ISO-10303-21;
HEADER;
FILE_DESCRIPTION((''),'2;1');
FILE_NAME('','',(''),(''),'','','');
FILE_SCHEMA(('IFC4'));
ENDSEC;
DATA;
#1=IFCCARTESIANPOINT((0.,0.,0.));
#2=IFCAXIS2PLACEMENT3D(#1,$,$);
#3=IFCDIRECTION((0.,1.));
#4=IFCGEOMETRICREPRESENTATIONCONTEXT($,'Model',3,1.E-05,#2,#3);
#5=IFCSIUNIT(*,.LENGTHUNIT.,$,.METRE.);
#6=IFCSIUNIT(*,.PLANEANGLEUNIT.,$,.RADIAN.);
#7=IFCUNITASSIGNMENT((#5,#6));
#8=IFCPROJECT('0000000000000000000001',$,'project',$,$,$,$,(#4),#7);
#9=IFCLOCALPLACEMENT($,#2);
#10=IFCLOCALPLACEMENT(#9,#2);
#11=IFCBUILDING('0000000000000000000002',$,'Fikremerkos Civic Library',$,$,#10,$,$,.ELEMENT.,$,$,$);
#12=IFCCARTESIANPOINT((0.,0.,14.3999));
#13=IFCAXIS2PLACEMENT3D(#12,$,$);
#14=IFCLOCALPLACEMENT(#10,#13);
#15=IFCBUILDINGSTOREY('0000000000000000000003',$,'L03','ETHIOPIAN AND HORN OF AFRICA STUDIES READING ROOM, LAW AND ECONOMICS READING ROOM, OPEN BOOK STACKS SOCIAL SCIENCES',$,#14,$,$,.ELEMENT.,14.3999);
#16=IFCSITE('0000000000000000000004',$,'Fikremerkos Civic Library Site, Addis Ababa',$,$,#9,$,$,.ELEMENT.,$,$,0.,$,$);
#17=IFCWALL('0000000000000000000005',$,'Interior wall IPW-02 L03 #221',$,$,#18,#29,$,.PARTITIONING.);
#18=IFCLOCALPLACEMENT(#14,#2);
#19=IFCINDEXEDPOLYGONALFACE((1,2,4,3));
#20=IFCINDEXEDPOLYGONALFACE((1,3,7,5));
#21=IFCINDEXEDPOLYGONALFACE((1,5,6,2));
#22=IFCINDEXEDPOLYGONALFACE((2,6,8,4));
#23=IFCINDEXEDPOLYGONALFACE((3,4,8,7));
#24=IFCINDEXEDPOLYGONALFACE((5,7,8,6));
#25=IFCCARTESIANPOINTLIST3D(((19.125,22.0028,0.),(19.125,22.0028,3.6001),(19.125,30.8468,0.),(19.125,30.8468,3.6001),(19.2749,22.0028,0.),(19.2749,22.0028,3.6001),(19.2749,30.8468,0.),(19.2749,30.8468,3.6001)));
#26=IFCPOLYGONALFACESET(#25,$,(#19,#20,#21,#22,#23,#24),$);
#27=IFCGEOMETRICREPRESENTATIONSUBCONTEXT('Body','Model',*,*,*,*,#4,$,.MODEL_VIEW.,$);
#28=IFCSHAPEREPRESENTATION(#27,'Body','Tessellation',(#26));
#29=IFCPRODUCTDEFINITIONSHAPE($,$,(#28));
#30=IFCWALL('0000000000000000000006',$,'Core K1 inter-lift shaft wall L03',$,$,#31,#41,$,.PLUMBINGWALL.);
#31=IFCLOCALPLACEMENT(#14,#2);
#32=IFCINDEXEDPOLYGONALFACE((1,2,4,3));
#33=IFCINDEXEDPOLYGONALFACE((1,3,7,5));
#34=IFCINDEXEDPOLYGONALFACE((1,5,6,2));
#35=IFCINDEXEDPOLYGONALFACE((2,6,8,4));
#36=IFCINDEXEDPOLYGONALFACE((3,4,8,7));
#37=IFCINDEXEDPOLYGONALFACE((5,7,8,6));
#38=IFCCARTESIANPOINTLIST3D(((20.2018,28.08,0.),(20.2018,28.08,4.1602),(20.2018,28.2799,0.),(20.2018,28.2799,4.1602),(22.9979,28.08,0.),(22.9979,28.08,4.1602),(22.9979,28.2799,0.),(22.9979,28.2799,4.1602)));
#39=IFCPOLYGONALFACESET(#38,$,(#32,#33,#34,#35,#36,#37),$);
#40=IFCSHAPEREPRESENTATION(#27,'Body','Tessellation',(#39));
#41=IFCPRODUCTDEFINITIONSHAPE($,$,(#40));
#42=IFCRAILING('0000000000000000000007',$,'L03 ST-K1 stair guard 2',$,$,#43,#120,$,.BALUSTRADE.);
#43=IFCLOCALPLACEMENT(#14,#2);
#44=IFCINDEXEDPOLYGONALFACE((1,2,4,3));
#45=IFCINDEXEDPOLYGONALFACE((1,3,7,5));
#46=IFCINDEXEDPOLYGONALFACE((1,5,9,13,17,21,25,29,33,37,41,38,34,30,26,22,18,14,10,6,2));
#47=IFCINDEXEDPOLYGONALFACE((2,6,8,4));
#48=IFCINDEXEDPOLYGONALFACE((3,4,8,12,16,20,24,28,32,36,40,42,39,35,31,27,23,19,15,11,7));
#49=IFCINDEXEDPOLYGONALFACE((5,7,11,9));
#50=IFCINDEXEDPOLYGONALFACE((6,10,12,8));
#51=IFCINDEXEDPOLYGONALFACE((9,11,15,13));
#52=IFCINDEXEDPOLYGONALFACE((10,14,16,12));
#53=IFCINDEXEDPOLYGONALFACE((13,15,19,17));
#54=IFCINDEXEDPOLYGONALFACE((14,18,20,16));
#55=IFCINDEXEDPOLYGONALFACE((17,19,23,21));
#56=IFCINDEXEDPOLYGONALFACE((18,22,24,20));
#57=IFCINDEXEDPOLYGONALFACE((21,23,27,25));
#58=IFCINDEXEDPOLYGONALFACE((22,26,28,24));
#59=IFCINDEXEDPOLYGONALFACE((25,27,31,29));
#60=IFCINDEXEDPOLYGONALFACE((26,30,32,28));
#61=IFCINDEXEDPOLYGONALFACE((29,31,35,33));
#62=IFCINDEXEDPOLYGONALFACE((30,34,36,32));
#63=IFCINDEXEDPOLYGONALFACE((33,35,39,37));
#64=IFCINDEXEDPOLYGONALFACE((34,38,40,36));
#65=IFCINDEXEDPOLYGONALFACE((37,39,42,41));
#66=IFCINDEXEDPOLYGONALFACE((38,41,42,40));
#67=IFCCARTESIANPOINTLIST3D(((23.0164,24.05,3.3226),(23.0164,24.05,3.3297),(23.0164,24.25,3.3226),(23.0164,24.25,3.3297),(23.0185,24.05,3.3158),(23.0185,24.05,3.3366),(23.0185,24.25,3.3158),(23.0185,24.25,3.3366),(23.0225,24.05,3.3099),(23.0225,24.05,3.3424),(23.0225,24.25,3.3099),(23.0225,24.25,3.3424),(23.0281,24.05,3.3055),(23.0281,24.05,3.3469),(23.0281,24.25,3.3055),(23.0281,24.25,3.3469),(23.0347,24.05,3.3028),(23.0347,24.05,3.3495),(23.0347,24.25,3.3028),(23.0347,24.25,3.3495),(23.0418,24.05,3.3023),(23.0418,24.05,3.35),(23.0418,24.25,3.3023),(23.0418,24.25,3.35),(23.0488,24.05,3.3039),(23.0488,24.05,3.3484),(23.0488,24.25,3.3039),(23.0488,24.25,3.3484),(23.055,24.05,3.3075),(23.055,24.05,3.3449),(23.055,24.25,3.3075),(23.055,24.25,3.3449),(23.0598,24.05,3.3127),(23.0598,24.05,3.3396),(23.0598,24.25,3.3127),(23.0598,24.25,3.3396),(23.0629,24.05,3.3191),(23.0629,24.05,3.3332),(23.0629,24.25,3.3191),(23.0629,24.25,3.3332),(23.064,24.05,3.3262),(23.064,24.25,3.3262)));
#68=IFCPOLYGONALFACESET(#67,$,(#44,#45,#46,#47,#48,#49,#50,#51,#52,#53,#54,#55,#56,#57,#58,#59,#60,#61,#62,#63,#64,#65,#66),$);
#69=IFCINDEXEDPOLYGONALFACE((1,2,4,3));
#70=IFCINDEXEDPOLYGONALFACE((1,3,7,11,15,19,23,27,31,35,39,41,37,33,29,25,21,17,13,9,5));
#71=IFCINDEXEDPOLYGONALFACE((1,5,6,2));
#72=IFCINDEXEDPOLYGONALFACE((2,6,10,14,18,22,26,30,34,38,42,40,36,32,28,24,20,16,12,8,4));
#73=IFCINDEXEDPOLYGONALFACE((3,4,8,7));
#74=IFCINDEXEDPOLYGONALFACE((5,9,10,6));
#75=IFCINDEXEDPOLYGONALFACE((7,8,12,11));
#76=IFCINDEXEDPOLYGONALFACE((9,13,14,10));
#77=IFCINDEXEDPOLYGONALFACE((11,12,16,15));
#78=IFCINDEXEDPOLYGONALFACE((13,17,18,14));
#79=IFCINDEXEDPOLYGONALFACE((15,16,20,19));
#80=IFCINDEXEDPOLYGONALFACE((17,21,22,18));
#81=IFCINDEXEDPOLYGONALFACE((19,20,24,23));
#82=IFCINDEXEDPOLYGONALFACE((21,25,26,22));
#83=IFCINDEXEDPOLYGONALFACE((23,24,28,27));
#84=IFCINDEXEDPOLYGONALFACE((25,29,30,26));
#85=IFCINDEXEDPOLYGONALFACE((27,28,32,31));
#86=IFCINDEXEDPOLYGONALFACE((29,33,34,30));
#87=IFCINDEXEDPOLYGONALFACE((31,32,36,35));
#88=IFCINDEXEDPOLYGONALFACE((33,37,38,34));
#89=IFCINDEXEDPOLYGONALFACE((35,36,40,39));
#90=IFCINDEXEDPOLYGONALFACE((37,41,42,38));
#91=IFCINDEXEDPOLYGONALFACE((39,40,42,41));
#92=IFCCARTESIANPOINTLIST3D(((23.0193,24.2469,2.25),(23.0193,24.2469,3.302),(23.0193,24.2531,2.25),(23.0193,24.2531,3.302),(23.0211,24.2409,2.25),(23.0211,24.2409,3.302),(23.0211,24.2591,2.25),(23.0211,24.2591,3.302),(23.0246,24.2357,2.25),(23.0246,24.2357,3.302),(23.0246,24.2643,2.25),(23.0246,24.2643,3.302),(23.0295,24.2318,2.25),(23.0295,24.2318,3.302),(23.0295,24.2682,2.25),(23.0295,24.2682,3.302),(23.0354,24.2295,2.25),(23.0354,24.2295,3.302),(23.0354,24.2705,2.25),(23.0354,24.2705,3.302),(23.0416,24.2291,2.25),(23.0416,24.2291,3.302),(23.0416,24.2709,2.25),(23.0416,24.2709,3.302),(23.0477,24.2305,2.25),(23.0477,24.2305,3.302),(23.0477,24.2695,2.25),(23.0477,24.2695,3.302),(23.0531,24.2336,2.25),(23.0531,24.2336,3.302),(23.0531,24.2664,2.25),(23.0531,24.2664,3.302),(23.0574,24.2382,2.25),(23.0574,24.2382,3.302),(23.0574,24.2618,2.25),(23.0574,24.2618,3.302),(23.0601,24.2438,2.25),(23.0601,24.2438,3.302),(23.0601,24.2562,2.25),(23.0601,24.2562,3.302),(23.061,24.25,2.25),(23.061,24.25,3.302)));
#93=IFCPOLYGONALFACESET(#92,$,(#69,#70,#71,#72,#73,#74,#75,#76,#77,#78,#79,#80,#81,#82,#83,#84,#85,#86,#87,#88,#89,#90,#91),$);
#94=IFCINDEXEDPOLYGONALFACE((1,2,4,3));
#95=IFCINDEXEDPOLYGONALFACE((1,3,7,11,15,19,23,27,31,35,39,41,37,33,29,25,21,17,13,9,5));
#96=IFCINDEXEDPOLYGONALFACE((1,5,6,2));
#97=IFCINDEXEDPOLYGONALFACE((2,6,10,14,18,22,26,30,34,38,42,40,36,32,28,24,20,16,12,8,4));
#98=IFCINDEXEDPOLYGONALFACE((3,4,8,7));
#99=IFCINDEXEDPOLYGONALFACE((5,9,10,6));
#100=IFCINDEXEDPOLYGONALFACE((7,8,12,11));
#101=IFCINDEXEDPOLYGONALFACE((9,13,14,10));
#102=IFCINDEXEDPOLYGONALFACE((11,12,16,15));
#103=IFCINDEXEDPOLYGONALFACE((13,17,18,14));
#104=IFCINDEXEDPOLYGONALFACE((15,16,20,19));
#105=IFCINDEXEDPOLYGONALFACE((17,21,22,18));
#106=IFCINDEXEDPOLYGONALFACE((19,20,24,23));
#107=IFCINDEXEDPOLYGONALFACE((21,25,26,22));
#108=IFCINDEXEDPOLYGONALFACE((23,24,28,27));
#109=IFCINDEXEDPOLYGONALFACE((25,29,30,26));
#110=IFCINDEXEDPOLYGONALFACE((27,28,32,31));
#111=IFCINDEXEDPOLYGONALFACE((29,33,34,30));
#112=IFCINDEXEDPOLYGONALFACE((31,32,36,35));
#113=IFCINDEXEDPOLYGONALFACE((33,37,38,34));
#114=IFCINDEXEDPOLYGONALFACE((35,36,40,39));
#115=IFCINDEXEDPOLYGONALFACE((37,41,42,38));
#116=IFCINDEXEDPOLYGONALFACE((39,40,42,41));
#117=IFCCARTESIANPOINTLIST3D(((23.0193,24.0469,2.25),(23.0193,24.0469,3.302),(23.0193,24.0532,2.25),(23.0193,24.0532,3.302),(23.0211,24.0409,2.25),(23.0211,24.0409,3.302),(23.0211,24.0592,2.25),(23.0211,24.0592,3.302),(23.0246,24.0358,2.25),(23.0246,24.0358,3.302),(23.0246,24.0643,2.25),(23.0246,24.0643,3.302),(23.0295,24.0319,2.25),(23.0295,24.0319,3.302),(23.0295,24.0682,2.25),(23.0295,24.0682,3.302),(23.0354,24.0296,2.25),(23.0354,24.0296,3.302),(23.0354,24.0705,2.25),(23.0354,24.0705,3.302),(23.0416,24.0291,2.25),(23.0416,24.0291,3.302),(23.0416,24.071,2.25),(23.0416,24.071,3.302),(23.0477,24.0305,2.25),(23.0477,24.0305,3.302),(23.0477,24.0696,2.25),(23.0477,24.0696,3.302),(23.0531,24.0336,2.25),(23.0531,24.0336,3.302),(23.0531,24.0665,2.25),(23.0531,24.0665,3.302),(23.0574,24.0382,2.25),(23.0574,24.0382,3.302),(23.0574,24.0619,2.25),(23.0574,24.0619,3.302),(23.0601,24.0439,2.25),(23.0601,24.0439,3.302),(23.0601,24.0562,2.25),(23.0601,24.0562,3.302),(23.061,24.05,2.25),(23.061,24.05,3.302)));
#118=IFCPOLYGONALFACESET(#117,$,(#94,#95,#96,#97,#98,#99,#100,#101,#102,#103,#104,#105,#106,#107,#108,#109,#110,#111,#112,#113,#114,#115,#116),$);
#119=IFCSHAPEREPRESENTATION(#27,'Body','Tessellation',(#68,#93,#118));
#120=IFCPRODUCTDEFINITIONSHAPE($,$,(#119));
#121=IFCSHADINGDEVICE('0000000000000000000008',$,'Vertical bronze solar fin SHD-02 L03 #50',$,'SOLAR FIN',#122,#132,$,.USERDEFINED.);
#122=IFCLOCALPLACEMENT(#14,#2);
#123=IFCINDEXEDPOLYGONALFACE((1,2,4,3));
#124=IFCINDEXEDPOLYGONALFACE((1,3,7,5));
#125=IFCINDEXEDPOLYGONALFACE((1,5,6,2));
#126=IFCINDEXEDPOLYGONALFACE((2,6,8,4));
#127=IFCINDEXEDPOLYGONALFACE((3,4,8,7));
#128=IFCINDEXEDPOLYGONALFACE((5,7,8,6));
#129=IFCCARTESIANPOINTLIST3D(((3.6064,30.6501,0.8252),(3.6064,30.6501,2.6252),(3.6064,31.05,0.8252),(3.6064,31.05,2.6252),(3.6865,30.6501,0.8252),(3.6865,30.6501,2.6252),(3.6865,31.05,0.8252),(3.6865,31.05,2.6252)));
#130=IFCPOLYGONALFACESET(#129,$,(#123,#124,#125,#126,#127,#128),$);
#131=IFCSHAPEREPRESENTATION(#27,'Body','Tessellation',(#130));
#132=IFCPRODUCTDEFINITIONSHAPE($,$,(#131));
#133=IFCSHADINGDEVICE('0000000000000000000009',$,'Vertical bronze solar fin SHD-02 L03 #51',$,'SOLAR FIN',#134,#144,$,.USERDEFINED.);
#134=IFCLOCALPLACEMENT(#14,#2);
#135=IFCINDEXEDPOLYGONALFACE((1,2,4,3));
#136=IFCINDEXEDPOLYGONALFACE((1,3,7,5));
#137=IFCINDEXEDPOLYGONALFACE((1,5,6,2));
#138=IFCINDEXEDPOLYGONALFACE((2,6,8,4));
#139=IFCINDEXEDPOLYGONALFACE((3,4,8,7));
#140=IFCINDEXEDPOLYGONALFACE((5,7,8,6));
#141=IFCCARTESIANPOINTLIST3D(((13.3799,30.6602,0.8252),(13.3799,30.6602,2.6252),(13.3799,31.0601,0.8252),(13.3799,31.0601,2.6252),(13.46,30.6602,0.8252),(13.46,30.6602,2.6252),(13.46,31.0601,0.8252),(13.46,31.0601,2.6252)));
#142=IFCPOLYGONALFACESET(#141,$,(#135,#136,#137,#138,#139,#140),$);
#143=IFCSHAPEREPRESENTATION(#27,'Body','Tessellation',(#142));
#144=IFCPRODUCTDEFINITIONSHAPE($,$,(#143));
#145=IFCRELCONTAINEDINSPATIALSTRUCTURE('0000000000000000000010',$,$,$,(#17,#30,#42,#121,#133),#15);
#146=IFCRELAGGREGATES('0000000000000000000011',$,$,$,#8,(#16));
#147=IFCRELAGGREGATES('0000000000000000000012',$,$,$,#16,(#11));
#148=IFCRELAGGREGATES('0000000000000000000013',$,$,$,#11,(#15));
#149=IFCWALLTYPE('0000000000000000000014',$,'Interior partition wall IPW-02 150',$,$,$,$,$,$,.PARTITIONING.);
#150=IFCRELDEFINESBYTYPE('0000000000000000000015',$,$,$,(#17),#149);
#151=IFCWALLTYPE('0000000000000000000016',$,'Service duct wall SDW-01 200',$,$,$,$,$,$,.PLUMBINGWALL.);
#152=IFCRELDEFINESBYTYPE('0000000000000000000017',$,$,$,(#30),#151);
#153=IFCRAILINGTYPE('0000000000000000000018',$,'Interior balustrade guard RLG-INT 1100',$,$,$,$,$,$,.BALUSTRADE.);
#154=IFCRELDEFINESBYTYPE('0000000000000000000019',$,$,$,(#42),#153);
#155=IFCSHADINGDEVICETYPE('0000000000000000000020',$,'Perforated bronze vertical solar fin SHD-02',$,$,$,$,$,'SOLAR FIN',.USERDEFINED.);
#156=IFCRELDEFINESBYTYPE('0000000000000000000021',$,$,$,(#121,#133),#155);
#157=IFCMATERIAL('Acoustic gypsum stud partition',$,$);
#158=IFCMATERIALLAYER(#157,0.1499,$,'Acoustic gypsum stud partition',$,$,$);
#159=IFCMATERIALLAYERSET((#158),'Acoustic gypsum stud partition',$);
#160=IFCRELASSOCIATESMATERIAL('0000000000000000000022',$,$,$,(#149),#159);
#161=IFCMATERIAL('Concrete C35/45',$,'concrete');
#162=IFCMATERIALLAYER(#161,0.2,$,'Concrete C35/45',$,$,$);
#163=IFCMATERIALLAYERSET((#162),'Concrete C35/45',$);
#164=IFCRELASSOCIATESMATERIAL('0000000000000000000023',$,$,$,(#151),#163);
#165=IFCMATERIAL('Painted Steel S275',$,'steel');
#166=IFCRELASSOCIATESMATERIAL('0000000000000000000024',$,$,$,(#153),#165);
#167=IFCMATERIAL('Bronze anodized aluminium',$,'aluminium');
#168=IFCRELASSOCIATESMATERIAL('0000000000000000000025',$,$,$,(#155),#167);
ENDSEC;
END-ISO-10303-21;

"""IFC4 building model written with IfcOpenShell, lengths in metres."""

from ifc_helpers import new_model, si_unit, direction, frame, frame_2d, origin, origin_2d, place, context, subcontext, project, spatial, rectangle, circle, extrude, material, layer, layer_set, type_object, element, save


model = new_model("IFC4")

# Units and contexts
model_context = context("Model", 3, precision=1e-05, world=origin(), true_north=direction((0.0, 1.0)))
body_context = subcontext(model_context, "Body", "Model", "MODEL_VIEW")
ifc_project = project(units=[si_unit("LENGTHUNIT", "METRE"), si_unit("PLANEANGLEUNIT", "RADIAN")], contexts=[model_context])

# Site, building, storey
site_placement = place(None, origin())
site = spatial("IfcSite", under=ifc_project, at=site_placement, Name="Fikremerkos Civic Library Site, Addis Ababa", CompositionType="ELEMENT", RefElevation=0.0)
building_placement = place(site_placement, origin())
building = spatial("IfcBuilding", under=site, at=building_placement, Name="Fikremerkos Civic Library", CompositionType="ELEMENT")
storey_placement = place(building_placement, frame((0.0, 0.0, 14.3999)))
storey = spatial("IfcBuildingStorey", under=building, at=storey_placement, Name="L03", Description="ETHIOPIAN AND HORN OF AFRICA STUDIES READING ROOM, LAW AND ECONOMICS READING ROOM, OPEN BOOK STACKS SOCIAL SCIENCES", CompositionType="ELEMENT", Elevation=14.3999)

# Walls
ifc_material_1 = material(Name="Acoustic gypsum stud partition")
ifc_layer_1 = layer(ifc_material_1, 0.1499, Name="Acoustic gypsum stud partition")
ifc_layer_set_1 = layer_set([ifc_layer_1], Name="Acoustic gypsum stud partition")
wall_type_1 = type_object("IfcWallType", Name="Interior partition wall IPW-02 150", PredefinedType="PARTITIONING", material=ifc_layer_set_1)
wall_1_placement = place(storey_placement, frame((19.2, 22.0029, 0.0), z_axis=(0.0, 0.0, 1.0), x_axis=(0.0, 1.0, 0.0)))
element("IfcWall", 1, at=wall_1_placement, inside=storey, type_object=wall_type_1, Name="Interior wall IPW-02 L03 #221", PredefinedType="PARTITIONING", context=body_context, shape_type="SweptSolid", body=[
    extrude(rectangle(XDim=8.844, YDim=0.1499, at=frame_2d((4.4219, 0.0))), origin(), (0.0, 0.0, 1.0), 3.6001),
])
ifc_material_2 = material(Name="Concrete C35/45", Category="concrete")
ifc_layer_2 = layer(ifc_material_2, 0.2, Name="Concrete C35/45")
ifc_layer_set_2 = layer_set([ifc_layer_2], Name="Concrete C35/45")
wall_type_2 = type_object("IfcWallType", Name="Service duct wall SDW-01 200", PredefinedType="PLUMBINGWALL", material=ifc_layer_set_2)
wall_2_placement = place(storey_placement, frame((20.2019, 28.1799, 0.0), z_axis=(0.0, 0.0, 1.0), x_axis=(1.0, 0.0, 0.0)))
element("IfcWall", 2, at=wall_2_placement, inside=storey, type_object=wall_type_2, Name="Core K1 inter-lift shaft wall L03", PredefinedType="PLUMBINGWALL", context=body_context, shape_type="SweptSolid", body=[
    extrude(rectangle(XDim=2.7961, YDim=0.2, at=frame_2d((1.3979, 0.0))), origin(), (0.0, 0.0, 1.0), 4.1602),
])

# Railing
ifc_material_3 = material(Name="Painted Steel S275", Category="steel")
railing_type = type_object("IfcRailingType", Name="Interior balustrade guard RLG-INT 1100", PredefinedType="BALUSTRADE", material=ifc_material_3)
railing_placement = place(storey_placement, frame((23.04, 24.25, 2.25)))
element("IfcRailing", 3, at=railing_placement, inside=storey, type_object=railing_type, Name="L03 ST-K1 stair guard 2", PredefinedType="BALUSTRADE", context=body_context, shape_type="SweptSolid", body=[
    extrude(circle(Radius=0.0239, at=origin_2d()), frame((0.0, 0.0, 1.0762), z_axis=(0.0, -1.0, 0.0), x_axis=(1.0, 0.0, 0.0)), (0.0, 0.0, 1.0), 0.2),
    extrude(circle(Radius=0.021, at=origin_2d()), origin(), (0.0, 0.0, 1.0), 1.052),
    extrude(circle(Radius=0.021, at=origin_2d()), frame((0.0, -0.2, 0.0)), (0.0, 0.0, 1.0), 1.052),
])

# Shading devices
ifc_material_4 = material(Name="Bronze anodized aluminium", Category="aluminium")
shading_device_type = type_object("IfcShadingDeviceType", Name="Perforated bronze vertical solar fin SHD-02", ElementType="SOLAR FIN", PredefinedType="USERDEFINED", material=ifc_material_4)
for number, where, z_axis, x_axis, name in (
    (4, (3.6465, 30.8501, 0.8252), (0.0, 0.0, 1.0), (1.0, 0.0, 0.0), "Vertical bronze solar fin SHD-02 L03 #50"),
    (5, (13.4199, 30.8601, 0.8252), (0.0, 0.0, 1.0), (1.0, 0.0, 0.0), "Vertical bronze solar fin SHD-02 L03 #51"),
):
    element("IfcShadingDevice", number, at=place(storey_placement, frame(where, z_axis=z_axis, x_axis=x_axis)), inside=storey, type_object=shading_device_type, Name=name, ObjectType="SOLAR FIN", PredefinedType="USERDEFINED", context=body_context, shape_type="SweptSolid", body=[
        extrude(rectangle(XDim=0.0801, YDim=0.3999, at=origin_2d()), origin(), (0.0, 0.0, 1.0), 1.8),
    ])

save(model, "model.ifc")
